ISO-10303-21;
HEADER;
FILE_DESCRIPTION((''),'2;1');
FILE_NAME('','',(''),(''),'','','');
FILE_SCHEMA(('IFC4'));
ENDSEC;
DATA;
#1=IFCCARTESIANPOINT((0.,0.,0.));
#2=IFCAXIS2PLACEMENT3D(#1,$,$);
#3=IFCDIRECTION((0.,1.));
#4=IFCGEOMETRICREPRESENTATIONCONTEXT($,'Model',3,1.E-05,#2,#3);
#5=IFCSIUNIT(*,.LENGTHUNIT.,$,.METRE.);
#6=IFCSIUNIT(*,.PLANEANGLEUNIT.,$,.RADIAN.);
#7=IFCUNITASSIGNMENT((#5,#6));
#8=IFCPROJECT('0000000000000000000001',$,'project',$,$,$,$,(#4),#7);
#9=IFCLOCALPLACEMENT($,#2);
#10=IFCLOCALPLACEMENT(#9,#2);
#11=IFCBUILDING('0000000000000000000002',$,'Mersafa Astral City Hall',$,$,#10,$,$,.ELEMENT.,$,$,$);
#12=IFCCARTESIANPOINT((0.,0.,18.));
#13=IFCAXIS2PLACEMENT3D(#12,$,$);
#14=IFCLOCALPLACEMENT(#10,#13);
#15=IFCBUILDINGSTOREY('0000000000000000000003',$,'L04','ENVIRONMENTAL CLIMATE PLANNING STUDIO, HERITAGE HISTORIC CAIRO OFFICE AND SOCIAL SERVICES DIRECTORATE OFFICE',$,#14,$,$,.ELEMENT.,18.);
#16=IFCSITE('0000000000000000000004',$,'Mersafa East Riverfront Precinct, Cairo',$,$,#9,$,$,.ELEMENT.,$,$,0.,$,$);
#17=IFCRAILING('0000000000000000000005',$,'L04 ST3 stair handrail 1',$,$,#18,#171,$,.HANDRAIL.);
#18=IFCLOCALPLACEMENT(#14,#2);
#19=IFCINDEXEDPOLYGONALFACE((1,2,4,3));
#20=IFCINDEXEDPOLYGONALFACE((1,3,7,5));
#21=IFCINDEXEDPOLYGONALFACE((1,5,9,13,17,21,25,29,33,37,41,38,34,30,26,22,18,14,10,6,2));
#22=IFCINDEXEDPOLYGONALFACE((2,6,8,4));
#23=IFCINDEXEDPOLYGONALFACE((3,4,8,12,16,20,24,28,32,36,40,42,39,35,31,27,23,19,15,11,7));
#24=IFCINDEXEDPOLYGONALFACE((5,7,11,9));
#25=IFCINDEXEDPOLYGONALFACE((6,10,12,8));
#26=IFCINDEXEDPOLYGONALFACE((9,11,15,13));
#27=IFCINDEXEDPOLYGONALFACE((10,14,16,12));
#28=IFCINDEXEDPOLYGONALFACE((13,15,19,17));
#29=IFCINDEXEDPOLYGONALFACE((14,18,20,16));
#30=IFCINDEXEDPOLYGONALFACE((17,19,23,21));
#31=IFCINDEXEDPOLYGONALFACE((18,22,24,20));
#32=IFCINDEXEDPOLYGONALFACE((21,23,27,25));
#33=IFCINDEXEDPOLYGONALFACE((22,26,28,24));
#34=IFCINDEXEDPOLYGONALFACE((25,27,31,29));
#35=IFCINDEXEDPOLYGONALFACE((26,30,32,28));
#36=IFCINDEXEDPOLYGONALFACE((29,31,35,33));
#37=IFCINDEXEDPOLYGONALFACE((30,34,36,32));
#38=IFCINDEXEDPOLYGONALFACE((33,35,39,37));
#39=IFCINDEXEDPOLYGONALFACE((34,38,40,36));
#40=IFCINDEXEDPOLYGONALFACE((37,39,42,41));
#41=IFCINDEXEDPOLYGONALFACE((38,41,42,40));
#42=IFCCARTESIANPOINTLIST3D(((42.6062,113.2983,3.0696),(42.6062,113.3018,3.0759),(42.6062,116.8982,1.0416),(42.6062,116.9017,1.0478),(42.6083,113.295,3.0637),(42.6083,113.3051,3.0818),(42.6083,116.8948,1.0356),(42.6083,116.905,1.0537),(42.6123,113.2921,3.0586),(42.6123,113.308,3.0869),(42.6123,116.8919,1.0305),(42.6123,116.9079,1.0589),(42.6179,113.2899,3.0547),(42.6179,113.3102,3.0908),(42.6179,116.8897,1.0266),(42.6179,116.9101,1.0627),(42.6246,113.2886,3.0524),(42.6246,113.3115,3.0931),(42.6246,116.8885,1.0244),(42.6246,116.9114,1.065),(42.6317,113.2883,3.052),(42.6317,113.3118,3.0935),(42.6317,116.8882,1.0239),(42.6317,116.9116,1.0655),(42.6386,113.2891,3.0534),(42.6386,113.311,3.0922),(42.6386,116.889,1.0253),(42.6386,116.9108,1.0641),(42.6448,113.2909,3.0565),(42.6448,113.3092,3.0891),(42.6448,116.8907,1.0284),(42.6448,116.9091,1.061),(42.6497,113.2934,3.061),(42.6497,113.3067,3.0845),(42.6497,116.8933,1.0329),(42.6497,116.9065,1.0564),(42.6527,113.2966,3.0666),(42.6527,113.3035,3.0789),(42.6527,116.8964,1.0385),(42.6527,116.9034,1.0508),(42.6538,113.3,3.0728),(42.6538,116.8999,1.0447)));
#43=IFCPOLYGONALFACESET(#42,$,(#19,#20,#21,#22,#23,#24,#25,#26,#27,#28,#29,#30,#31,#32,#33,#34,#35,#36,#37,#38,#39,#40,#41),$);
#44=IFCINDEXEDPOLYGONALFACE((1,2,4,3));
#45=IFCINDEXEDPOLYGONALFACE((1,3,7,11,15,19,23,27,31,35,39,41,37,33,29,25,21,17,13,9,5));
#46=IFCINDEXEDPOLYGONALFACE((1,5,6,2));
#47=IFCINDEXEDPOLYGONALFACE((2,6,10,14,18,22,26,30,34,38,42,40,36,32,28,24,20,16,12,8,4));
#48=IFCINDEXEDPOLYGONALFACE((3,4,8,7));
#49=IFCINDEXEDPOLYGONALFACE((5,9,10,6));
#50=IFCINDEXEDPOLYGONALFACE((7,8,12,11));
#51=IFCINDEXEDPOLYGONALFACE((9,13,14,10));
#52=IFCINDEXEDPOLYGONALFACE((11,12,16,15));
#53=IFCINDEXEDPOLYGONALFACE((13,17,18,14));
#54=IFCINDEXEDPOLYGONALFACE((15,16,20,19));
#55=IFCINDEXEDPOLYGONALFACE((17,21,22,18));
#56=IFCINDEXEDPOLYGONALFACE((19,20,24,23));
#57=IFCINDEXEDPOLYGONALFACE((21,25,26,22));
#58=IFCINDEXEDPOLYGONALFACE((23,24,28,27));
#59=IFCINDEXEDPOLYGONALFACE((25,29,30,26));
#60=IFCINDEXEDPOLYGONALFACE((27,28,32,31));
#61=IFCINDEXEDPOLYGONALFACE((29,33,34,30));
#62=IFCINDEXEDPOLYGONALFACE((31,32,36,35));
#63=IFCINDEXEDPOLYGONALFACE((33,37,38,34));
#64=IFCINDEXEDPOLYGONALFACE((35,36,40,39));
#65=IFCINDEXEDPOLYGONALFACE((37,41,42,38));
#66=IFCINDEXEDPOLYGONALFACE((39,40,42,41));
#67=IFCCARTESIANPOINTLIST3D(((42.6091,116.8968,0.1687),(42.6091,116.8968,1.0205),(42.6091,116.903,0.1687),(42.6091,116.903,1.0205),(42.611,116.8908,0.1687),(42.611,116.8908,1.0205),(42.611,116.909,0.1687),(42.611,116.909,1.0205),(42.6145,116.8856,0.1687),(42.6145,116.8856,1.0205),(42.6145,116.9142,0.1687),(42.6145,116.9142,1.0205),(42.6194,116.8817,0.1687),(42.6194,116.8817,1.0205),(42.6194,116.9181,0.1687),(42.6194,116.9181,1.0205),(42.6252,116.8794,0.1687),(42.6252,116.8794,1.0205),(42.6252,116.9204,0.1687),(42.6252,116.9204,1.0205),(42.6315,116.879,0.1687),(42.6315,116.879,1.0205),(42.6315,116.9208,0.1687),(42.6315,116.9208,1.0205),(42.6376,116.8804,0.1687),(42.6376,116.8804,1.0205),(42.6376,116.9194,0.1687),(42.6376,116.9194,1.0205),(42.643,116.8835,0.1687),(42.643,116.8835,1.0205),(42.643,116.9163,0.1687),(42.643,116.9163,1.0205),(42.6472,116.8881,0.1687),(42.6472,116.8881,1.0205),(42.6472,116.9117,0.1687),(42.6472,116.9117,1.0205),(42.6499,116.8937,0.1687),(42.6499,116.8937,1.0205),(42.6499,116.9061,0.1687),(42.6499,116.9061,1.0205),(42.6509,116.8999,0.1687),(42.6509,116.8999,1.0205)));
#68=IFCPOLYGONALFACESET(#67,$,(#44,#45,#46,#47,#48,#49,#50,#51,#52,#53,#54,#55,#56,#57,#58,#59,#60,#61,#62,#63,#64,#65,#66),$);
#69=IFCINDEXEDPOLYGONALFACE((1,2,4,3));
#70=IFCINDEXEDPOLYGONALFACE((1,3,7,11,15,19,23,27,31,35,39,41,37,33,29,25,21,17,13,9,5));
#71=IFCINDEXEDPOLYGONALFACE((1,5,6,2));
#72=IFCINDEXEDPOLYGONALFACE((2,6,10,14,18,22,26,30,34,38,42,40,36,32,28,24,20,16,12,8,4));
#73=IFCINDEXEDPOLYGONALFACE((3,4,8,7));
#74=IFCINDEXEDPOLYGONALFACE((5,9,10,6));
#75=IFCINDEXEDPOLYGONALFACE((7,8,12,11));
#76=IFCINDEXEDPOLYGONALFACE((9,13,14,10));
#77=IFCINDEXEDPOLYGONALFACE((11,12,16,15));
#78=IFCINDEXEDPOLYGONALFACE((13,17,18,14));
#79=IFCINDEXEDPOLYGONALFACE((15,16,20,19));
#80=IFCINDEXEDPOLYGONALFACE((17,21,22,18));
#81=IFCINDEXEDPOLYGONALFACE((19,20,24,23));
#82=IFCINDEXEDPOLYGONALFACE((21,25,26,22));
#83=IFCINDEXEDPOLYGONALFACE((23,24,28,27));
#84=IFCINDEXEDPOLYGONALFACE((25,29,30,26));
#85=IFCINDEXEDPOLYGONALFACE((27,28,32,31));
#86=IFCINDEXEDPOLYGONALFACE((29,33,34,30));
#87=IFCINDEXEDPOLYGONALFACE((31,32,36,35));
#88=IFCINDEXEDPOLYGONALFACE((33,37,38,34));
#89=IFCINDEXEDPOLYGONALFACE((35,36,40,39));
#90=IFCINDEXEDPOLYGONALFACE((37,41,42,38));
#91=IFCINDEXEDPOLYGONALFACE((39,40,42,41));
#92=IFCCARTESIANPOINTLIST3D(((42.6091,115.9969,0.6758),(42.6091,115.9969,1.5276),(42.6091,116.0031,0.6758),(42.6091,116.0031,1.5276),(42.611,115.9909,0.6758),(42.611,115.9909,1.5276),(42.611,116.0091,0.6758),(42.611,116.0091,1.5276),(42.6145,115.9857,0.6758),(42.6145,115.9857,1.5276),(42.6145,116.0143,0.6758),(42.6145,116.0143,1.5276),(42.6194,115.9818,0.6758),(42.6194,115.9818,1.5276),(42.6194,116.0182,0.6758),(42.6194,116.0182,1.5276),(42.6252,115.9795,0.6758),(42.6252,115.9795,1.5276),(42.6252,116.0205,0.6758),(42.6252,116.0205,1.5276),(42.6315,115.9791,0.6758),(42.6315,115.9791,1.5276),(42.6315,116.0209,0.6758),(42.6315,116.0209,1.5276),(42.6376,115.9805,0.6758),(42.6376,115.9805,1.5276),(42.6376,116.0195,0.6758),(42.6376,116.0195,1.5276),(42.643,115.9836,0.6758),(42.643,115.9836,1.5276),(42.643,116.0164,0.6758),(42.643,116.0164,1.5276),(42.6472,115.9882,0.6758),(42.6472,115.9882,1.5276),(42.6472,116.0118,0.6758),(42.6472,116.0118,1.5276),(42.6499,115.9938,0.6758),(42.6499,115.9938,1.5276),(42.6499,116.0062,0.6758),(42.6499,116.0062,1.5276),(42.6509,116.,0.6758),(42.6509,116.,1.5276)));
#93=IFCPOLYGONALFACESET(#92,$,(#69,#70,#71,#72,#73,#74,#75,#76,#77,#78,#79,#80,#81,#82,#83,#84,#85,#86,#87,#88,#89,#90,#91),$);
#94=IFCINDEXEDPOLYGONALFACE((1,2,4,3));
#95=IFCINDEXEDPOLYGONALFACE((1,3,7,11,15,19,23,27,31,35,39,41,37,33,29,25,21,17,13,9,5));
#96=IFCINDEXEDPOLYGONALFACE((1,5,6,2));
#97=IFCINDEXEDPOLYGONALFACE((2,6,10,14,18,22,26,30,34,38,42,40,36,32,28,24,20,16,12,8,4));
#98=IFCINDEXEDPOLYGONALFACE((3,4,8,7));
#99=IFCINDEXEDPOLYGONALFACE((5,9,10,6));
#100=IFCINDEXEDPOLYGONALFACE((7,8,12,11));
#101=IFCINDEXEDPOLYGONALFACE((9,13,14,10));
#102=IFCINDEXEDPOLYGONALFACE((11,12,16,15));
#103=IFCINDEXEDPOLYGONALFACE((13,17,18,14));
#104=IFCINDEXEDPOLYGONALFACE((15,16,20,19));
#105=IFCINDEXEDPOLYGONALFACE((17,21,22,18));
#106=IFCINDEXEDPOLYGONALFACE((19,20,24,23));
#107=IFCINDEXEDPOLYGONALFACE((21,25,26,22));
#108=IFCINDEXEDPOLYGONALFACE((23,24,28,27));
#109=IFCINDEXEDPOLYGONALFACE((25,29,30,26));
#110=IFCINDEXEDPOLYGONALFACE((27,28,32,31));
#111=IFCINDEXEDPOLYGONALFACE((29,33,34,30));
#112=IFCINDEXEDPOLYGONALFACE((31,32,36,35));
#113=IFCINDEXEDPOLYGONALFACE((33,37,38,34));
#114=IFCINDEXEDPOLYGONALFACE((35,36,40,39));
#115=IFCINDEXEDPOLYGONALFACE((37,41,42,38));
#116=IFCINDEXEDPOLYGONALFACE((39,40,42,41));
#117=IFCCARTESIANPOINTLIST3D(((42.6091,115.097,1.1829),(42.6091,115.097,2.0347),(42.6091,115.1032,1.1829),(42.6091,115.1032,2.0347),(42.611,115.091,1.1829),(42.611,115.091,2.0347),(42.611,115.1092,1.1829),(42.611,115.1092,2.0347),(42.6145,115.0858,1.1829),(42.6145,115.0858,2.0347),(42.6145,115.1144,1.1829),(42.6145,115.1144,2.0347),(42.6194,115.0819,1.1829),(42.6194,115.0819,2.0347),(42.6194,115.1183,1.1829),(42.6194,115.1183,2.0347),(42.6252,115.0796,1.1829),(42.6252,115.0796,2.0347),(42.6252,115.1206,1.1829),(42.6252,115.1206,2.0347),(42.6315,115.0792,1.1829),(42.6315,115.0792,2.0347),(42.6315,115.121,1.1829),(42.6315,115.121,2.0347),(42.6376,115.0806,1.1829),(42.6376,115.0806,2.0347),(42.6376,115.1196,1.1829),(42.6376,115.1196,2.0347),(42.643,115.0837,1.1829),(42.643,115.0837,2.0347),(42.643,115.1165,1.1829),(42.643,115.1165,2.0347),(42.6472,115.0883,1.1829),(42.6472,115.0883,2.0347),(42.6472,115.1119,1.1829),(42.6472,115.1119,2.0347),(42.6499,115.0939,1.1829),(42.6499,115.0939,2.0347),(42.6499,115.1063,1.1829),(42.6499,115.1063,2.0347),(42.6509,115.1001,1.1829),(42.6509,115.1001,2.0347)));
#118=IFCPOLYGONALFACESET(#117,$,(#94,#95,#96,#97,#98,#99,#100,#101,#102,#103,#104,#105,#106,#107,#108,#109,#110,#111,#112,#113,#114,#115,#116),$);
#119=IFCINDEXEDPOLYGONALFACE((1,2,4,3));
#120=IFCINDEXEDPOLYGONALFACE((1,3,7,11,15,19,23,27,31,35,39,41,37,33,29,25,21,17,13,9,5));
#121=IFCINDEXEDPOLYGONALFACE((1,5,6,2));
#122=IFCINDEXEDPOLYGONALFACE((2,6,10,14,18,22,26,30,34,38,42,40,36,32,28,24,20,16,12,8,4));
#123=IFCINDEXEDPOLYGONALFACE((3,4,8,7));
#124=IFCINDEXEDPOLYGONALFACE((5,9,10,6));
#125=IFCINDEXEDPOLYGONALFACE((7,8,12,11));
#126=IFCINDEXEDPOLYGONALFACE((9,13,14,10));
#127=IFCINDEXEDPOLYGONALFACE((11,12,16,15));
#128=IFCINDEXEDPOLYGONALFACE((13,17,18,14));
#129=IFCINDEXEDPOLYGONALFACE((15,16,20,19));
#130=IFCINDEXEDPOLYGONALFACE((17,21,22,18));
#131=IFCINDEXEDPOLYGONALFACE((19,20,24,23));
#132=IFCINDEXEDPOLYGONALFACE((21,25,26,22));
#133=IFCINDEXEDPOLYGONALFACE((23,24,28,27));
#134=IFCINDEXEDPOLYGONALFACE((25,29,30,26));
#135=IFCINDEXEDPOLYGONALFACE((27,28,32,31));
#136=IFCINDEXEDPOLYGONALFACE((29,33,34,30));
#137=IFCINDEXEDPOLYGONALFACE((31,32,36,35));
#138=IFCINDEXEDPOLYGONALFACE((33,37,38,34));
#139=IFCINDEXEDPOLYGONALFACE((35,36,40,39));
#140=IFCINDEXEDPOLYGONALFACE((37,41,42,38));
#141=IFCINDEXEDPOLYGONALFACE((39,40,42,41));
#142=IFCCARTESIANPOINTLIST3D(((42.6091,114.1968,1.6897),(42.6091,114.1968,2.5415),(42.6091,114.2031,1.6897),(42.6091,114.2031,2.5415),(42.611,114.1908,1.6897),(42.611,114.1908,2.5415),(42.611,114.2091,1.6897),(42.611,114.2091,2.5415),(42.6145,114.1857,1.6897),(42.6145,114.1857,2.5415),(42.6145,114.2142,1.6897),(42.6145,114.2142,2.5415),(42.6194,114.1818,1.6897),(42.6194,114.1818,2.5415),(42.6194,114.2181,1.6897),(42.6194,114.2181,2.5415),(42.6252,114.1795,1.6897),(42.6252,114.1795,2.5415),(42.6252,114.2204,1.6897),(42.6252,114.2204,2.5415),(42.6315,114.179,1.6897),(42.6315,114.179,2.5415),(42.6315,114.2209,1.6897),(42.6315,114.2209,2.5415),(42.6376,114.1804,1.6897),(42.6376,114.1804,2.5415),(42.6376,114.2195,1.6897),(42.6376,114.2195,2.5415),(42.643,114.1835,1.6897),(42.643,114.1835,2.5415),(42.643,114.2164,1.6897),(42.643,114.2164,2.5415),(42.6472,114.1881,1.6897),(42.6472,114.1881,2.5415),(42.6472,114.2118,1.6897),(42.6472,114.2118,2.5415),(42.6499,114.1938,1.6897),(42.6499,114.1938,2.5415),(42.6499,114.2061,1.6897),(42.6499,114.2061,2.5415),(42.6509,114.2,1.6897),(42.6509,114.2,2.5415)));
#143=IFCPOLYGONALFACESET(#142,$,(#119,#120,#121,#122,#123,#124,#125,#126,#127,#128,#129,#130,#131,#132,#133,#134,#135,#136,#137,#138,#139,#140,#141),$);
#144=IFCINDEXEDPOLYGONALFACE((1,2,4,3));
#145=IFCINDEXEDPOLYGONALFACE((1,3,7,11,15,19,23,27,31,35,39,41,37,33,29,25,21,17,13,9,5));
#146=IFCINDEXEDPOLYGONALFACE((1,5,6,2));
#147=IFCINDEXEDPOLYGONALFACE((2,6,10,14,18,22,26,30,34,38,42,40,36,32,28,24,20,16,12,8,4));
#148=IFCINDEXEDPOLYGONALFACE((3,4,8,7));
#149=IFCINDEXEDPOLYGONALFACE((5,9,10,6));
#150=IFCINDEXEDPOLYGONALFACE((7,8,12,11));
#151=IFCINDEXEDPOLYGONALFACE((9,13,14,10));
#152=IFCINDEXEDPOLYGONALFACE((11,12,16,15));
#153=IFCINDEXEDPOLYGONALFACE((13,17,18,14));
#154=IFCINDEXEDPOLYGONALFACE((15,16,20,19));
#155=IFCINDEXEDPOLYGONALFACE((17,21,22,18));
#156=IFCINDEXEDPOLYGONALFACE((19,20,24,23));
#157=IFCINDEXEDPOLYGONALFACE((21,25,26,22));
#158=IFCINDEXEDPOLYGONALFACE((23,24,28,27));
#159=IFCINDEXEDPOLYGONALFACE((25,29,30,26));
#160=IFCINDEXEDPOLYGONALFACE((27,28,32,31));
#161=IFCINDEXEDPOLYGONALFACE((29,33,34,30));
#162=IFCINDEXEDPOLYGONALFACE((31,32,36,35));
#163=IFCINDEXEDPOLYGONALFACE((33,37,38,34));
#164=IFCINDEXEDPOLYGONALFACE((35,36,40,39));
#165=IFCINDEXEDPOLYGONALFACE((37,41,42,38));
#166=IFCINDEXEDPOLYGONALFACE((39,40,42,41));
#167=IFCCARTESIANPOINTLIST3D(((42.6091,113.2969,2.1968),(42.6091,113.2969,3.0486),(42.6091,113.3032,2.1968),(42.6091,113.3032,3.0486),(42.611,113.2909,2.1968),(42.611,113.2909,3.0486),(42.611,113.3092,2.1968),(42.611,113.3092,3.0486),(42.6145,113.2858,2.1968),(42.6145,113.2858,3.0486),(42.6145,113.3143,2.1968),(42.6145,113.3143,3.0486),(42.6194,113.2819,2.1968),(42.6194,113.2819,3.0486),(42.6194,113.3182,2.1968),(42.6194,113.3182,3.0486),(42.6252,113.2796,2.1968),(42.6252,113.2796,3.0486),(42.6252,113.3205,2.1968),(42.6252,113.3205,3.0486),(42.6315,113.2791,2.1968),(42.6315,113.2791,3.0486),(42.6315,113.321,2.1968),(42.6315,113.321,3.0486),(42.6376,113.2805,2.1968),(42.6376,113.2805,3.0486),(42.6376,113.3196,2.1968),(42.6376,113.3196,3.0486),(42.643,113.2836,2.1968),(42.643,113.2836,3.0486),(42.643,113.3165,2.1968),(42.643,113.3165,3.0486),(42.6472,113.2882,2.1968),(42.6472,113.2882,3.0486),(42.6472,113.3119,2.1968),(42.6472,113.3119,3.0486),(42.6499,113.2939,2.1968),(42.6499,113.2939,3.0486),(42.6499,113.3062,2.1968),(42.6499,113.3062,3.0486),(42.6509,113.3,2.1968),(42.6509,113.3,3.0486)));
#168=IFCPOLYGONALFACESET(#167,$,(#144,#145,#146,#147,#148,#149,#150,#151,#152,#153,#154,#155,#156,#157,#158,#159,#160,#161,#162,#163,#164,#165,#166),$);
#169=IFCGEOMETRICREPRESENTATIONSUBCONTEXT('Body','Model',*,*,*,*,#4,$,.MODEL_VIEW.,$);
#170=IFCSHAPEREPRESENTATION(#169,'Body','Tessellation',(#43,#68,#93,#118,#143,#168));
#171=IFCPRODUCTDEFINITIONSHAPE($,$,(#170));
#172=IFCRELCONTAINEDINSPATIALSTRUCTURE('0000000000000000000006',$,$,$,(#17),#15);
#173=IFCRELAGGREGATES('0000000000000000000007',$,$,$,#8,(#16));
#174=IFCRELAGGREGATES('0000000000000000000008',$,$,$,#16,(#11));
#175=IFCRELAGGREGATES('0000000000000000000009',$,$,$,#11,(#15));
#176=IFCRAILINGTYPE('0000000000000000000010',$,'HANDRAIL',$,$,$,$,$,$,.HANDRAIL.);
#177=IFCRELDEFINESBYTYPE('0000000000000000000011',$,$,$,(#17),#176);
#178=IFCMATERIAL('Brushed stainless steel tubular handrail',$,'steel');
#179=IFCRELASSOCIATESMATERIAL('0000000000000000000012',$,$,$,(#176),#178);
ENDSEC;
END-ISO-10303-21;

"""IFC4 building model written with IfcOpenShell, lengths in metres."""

from ifc_helpers import new_model, si_unit, direction, frame, origin, origin_2d, place, context, subcontext, project, spatial, circle, extrude, material, type_object, element, save


model = new_model("IFC4")

# Units and contexts
model_context = context("Model", 3, precision=1e-05, world=origin(), true_north=direction((0.0, 1.0)))
body_context = subcontext(model_context, "Body", "Model", "MODEL_VIEW")
ifc_project = project(units=[si_unit("LENGTHUNIT", "METRE"), si_unit("PLANEANGLEUNIT", "RADIAN")], contexts=[model_context])

# Site, building, storey
site_placement = place(None, origin())
site = spatial("IfcSite", under=ifc_project, at=site_placement, Name="Mersafa East Riverfront Precinct, Cairo", CompositionType="ELEMENT", RefElevation=0.0)
building_placement = place(site_placement, origin())
building = spatial("IfcBuilding", under=site, at=building_placement, Name="Mersafa Astral City Hall", CompositionType="ELEMENT")
storey_placement = place(building_placement, frame((0.0, 0.0, 18.0)))
storey = spatial("IfcBuildingStorey", under=building, at=storey_placement, Name="L04", Description="ENVIRONMENTAL CLIMATE PLANNING STUDIO, HERITAGE HISTORIC CAIRO OFFICE AND SOCIAL SERVICES DIRECTORATE OFFICE", CompositionType="ELEMENT", Elevation=18.0)

# Railing
ifc_material_1 = material(Name="Brushed stainless steel tubular handrail", Category="steel")
railing_type_1 = type_object("IfcRailingType", Name="HANDRAIL", PredefinedType="HANDRAIL", material=ifc_material_1)
railing_1_placement = place(storey_placement, frame((42.6299, 116.8999, 0.1687)))
element("IfcRailing", 1, at=railing_1_placement, inside=storey, type_object=railing_type_1, Name="L04 ST3 stair handrail 1", PredefinedType="HANDRAIL", context=body_context, shape_type="SweptSolid", body=[
    extrude(circle(Radius=0.0239, at=origin_2d()), frame((0.0, 0.0, 0.876), z_axis=(0.0, -0.871249, 0.490842), x_axis=(1.0, 0.0, 0.0)), (0.0, 0.0, 1.0), 4.1318),
    extrude(circle(Radius=0.021, at=origin_2d()), origin(), (0.0, 0.0, 1.0), 0.8518),
    extrude(circle(Radius=0.021, at=origin_2d()), frame((0.0, -0.8999, 0.5071)), (0.0, 0.0, 1.0), 0.8518),
    extrude(circle(Radius=0.021, at=origin_2d()), frame((0.0, -1.7998, 1.0142)), (0.0, 0.0, 1.0), 0.8518),
    extrude(circle(Radius=0.021, at=origin_2d()), frame((0.0, -2.7, 1.521)), (0.0, 0.0, 1.0), 0.8518),
    extrude(circle(Radius=0.021, at=origin_2d()), frame((0.0, -3.5999, 2.0281)), (0.0, 0.0, 1.0), 0.8518),
])

save(model, "model.ifc")
